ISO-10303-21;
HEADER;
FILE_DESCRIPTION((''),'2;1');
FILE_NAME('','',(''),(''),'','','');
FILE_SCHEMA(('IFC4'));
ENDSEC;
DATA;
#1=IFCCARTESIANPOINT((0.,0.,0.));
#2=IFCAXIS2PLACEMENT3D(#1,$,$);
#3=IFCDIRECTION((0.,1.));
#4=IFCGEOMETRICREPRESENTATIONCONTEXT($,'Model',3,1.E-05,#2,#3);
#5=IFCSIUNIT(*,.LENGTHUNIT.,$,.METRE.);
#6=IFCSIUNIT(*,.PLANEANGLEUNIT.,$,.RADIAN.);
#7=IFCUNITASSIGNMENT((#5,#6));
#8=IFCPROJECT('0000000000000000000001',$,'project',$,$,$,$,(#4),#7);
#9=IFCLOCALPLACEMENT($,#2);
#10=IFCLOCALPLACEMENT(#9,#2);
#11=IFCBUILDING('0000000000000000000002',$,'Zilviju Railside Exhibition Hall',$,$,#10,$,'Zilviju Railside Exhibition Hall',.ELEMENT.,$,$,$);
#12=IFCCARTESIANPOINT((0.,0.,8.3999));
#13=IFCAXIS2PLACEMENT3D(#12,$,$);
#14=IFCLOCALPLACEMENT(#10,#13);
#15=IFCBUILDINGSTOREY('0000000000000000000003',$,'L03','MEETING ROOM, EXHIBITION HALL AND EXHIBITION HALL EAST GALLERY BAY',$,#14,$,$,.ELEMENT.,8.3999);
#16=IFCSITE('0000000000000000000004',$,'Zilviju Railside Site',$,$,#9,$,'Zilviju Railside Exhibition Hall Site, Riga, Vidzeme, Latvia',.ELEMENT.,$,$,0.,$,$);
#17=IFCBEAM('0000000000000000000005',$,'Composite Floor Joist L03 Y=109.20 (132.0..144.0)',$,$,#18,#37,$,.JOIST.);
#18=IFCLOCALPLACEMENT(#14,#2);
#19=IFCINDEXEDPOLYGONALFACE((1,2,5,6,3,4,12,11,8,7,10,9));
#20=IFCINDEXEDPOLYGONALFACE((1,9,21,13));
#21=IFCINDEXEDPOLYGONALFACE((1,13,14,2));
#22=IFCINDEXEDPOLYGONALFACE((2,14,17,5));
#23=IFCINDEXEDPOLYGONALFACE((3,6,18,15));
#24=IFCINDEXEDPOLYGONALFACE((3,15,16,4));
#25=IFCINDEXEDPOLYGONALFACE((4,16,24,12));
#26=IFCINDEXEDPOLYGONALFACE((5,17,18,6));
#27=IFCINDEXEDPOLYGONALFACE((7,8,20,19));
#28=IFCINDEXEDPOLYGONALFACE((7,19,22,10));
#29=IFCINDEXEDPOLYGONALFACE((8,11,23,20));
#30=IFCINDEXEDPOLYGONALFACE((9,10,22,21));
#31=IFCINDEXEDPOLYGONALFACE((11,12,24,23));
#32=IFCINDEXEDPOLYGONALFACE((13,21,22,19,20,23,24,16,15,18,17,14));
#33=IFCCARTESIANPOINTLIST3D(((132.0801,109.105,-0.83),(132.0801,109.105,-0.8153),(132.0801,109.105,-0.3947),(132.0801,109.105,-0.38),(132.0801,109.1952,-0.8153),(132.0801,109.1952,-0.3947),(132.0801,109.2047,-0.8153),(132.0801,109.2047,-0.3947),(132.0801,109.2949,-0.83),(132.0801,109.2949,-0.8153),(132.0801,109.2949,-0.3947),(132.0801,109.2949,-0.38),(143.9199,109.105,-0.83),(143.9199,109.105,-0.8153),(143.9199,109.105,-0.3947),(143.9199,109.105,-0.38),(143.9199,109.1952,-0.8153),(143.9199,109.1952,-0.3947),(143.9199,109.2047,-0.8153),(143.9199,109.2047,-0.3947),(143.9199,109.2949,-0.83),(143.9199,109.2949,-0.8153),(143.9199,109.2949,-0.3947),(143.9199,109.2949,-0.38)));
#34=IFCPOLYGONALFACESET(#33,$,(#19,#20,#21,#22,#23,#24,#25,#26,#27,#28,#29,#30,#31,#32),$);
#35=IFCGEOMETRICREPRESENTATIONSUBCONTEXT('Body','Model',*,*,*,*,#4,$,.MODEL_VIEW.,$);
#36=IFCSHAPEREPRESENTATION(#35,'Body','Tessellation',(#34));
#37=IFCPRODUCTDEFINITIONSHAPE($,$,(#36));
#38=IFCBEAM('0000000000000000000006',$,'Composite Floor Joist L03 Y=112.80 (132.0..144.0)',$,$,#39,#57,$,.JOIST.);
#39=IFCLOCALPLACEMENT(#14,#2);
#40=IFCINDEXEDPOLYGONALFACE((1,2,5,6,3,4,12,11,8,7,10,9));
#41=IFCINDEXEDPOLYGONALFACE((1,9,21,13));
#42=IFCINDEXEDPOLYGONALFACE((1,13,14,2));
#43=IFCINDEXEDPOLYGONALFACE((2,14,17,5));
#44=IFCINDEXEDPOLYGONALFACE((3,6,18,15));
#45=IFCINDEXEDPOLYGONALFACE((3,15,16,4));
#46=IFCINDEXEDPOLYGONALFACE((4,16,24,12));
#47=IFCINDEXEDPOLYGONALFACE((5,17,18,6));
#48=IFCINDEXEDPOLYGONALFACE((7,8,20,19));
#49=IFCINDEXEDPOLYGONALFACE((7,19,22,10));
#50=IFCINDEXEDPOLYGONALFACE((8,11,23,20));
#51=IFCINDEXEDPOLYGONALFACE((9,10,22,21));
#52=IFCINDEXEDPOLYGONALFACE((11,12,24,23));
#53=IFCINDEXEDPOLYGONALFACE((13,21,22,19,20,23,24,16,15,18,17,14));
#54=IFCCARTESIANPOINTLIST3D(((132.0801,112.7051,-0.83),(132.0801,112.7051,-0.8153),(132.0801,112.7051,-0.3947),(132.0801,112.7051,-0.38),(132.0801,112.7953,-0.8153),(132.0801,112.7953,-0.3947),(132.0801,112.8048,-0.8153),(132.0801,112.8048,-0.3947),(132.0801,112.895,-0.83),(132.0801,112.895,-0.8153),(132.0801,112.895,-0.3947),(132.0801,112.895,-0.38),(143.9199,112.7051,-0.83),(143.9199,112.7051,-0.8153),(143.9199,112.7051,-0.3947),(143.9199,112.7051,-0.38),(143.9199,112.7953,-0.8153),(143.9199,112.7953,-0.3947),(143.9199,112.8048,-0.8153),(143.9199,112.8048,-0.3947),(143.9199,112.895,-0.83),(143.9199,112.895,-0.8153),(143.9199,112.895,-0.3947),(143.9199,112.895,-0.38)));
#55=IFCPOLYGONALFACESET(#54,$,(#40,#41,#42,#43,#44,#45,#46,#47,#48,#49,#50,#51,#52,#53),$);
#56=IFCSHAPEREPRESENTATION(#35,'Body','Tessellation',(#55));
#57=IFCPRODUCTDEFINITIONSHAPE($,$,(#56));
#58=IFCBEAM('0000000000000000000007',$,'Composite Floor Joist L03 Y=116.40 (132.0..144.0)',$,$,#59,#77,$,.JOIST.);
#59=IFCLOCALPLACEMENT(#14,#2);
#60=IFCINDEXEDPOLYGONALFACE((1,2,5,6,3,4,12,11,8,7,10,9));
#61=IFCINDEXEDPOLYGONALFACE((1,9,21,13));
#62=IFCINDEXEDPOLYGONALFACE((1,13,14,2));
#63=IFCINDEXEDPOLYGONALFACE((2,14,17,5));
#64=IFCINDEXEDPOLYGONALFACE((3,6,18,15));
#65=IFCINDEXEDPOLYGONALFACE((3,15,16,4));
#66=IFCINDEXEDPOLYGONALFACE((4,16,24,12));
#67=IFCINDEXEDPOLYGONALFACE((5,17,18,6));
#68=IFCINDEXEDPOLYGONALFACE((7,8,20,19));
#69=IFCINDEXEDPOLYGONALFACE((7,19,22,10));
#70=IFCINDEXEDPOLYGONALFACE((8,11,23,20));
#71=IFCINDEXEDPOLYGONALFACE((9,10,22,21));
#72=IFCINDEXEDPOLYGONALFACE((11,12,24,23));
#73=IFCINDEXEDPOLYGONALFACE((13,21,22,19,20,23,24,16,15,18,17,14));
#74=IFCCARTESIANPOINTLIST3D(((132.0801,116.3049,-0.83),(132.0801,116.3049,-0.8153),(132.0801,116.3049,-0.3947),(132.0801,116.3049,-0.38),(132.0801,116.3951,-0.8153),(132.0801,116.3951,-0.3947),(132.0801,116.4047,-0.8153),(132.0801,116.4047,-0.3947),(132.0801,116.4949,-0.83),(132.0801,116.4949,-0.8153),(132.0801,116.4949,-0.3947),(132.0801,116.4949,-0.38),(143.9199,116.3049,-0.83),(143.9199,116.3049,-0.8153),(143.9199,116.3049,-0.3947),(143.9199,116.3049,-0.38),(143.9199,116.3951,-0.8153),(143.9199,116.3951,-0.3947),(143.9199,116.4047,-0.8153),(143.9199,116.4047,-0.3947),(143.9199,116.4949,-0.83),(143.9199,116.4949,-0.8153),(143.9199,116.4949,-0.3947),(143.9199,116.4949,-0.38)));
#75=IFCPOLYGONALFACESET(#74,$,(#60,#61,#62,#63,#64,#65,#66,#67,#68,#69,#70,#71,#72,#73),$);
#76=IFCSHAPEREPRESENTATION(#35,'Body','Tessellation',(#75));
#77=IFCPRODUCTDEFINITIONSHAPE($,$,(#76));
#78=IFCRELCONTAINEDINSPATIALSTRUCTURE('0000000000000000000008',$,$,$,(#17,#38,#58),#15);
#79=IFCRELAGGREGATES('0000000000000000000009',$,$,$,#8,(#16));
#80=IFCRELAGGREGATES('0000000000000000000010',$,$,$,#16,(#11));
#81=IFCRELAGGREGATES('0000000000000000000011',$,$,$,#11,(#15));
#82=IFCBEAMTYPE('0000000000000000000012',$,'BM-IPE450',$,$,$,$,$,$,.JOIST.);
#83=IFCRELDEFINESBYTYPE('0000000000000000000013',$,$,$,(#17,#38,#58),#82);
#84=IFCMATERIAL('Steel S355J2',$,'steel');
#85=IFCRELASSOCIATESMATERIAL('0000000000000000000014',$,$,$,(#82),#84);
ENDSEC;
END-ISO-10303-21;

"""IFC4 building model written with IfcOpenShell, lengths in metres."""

from ifc_helpers import new_model, si_unit, direction, frame, origin, origin_2d, place, context, subcontext, project, spatial, i_section, extrude, material, material_profile, profile_set, type_object, element, save


model = new_model("IFC4")

# Units and contexts
model_context = context("Model", 3, precision=1e-05, world=origin(), true_north=direction((0.0, 1.0)))
body_context = subcontext(model_context, "Body", "Model", "MODEL_VIEW")
ifc_project = project(units=[si_unit("LENGTHUNIT", "METRE"), si_unit("PLANEANGLEUNIT", "RADIAN")], contexts=[model_context])

# Site, building, storey
site_placement = place(None, origin())
site = spatial("IfcSite", under=ifc_project, at=site_placement, Name="Zilviju Railside Site", LongName="Zilviju Railside Exhibition Hall Site, Riga, Vidzeme, Latvia", CompositionType="ELEMENT", RefElevation=0.0)
building_placement = place(site_placement, origin())
building = spatial("IfcBuilding", under=site, at=building_placement, Name="Zilviju Railside Exhibition Hall", LongName="Zilviju Railside Exhibition Hall", CompositionType="ELEMENT")
storey_placement = place(building_placement, frame((0.0, 0.0, 8.3999)))
storey = spatial("IfcBuildingStorey", under=building, at=storey_placement, Name="L03", Description="MEETING ROOM, EXHIBITION HALL AND EXHIBITION HALL EAST GALLERY BAY", CompositionType="ELEMENT", Elevation=8.3999)

# Beams
ifc_material = material(Name="Steel S355J2", Category="steel")
ifc_material_profile_1 = material_profile(ifc_material, i_section(OverallWidth=0.1899, OverallDepth=0.45, WebThickness=0.0095, FlangeThickness=0.0146, at=origin_2d()), Name="IPE 450")
ifc_profile_set_1 = profile_set([ifc_material_profile_1], Name="Steel S355J2")
beam_type_1 = type_object("IfcBeamType", Name="BM-IPE450", PredefinedType="JOIST", material=ifc_profile_set_1)
for number, where, z_axis, x_axis, name in (
    (1, (132.0801, 109.2, -0.605), (1.0, 0.0, 0.0), (0.0, 1.0, 0.0), "Composite Floor Joist L03 Y=109.20 (132.0..144.0)"),
    (2, (132.0801, 112.8, -0.605), (1.0, 0.0, 0.0), (0.0, 1.0, 0.0), "Composite Floor Joist L03 Y=112.80 (132.0..144.0)"),
    (3, (132.0801, 116.3999, -0.605), (1.0, 0.0, 0.0), (0.0, 1.0, 0.0), "Composite Floor Joist L03 Y=116.40 (132.0..144.0)"),
):
    element("IfcBeam", number, at=place(storey_placement, frame(where, z_axis=z_axis, x_axis=x_axis)), inside=storey, type_object=beam_type_1, Name=name, PredefinedType="JOIST", context=body_context, shape_type="SweptSolid", body=[
        extrude(i_section(OverallWidth=0.1899, OverallDepth=0.45, WebThickness=0.0095, FlangeThickness=0.0146, at=origin_2d()), origin(), (0.0, 0.0, 1.0), 11.8398),
    ])

save(model, "model.ifc")
